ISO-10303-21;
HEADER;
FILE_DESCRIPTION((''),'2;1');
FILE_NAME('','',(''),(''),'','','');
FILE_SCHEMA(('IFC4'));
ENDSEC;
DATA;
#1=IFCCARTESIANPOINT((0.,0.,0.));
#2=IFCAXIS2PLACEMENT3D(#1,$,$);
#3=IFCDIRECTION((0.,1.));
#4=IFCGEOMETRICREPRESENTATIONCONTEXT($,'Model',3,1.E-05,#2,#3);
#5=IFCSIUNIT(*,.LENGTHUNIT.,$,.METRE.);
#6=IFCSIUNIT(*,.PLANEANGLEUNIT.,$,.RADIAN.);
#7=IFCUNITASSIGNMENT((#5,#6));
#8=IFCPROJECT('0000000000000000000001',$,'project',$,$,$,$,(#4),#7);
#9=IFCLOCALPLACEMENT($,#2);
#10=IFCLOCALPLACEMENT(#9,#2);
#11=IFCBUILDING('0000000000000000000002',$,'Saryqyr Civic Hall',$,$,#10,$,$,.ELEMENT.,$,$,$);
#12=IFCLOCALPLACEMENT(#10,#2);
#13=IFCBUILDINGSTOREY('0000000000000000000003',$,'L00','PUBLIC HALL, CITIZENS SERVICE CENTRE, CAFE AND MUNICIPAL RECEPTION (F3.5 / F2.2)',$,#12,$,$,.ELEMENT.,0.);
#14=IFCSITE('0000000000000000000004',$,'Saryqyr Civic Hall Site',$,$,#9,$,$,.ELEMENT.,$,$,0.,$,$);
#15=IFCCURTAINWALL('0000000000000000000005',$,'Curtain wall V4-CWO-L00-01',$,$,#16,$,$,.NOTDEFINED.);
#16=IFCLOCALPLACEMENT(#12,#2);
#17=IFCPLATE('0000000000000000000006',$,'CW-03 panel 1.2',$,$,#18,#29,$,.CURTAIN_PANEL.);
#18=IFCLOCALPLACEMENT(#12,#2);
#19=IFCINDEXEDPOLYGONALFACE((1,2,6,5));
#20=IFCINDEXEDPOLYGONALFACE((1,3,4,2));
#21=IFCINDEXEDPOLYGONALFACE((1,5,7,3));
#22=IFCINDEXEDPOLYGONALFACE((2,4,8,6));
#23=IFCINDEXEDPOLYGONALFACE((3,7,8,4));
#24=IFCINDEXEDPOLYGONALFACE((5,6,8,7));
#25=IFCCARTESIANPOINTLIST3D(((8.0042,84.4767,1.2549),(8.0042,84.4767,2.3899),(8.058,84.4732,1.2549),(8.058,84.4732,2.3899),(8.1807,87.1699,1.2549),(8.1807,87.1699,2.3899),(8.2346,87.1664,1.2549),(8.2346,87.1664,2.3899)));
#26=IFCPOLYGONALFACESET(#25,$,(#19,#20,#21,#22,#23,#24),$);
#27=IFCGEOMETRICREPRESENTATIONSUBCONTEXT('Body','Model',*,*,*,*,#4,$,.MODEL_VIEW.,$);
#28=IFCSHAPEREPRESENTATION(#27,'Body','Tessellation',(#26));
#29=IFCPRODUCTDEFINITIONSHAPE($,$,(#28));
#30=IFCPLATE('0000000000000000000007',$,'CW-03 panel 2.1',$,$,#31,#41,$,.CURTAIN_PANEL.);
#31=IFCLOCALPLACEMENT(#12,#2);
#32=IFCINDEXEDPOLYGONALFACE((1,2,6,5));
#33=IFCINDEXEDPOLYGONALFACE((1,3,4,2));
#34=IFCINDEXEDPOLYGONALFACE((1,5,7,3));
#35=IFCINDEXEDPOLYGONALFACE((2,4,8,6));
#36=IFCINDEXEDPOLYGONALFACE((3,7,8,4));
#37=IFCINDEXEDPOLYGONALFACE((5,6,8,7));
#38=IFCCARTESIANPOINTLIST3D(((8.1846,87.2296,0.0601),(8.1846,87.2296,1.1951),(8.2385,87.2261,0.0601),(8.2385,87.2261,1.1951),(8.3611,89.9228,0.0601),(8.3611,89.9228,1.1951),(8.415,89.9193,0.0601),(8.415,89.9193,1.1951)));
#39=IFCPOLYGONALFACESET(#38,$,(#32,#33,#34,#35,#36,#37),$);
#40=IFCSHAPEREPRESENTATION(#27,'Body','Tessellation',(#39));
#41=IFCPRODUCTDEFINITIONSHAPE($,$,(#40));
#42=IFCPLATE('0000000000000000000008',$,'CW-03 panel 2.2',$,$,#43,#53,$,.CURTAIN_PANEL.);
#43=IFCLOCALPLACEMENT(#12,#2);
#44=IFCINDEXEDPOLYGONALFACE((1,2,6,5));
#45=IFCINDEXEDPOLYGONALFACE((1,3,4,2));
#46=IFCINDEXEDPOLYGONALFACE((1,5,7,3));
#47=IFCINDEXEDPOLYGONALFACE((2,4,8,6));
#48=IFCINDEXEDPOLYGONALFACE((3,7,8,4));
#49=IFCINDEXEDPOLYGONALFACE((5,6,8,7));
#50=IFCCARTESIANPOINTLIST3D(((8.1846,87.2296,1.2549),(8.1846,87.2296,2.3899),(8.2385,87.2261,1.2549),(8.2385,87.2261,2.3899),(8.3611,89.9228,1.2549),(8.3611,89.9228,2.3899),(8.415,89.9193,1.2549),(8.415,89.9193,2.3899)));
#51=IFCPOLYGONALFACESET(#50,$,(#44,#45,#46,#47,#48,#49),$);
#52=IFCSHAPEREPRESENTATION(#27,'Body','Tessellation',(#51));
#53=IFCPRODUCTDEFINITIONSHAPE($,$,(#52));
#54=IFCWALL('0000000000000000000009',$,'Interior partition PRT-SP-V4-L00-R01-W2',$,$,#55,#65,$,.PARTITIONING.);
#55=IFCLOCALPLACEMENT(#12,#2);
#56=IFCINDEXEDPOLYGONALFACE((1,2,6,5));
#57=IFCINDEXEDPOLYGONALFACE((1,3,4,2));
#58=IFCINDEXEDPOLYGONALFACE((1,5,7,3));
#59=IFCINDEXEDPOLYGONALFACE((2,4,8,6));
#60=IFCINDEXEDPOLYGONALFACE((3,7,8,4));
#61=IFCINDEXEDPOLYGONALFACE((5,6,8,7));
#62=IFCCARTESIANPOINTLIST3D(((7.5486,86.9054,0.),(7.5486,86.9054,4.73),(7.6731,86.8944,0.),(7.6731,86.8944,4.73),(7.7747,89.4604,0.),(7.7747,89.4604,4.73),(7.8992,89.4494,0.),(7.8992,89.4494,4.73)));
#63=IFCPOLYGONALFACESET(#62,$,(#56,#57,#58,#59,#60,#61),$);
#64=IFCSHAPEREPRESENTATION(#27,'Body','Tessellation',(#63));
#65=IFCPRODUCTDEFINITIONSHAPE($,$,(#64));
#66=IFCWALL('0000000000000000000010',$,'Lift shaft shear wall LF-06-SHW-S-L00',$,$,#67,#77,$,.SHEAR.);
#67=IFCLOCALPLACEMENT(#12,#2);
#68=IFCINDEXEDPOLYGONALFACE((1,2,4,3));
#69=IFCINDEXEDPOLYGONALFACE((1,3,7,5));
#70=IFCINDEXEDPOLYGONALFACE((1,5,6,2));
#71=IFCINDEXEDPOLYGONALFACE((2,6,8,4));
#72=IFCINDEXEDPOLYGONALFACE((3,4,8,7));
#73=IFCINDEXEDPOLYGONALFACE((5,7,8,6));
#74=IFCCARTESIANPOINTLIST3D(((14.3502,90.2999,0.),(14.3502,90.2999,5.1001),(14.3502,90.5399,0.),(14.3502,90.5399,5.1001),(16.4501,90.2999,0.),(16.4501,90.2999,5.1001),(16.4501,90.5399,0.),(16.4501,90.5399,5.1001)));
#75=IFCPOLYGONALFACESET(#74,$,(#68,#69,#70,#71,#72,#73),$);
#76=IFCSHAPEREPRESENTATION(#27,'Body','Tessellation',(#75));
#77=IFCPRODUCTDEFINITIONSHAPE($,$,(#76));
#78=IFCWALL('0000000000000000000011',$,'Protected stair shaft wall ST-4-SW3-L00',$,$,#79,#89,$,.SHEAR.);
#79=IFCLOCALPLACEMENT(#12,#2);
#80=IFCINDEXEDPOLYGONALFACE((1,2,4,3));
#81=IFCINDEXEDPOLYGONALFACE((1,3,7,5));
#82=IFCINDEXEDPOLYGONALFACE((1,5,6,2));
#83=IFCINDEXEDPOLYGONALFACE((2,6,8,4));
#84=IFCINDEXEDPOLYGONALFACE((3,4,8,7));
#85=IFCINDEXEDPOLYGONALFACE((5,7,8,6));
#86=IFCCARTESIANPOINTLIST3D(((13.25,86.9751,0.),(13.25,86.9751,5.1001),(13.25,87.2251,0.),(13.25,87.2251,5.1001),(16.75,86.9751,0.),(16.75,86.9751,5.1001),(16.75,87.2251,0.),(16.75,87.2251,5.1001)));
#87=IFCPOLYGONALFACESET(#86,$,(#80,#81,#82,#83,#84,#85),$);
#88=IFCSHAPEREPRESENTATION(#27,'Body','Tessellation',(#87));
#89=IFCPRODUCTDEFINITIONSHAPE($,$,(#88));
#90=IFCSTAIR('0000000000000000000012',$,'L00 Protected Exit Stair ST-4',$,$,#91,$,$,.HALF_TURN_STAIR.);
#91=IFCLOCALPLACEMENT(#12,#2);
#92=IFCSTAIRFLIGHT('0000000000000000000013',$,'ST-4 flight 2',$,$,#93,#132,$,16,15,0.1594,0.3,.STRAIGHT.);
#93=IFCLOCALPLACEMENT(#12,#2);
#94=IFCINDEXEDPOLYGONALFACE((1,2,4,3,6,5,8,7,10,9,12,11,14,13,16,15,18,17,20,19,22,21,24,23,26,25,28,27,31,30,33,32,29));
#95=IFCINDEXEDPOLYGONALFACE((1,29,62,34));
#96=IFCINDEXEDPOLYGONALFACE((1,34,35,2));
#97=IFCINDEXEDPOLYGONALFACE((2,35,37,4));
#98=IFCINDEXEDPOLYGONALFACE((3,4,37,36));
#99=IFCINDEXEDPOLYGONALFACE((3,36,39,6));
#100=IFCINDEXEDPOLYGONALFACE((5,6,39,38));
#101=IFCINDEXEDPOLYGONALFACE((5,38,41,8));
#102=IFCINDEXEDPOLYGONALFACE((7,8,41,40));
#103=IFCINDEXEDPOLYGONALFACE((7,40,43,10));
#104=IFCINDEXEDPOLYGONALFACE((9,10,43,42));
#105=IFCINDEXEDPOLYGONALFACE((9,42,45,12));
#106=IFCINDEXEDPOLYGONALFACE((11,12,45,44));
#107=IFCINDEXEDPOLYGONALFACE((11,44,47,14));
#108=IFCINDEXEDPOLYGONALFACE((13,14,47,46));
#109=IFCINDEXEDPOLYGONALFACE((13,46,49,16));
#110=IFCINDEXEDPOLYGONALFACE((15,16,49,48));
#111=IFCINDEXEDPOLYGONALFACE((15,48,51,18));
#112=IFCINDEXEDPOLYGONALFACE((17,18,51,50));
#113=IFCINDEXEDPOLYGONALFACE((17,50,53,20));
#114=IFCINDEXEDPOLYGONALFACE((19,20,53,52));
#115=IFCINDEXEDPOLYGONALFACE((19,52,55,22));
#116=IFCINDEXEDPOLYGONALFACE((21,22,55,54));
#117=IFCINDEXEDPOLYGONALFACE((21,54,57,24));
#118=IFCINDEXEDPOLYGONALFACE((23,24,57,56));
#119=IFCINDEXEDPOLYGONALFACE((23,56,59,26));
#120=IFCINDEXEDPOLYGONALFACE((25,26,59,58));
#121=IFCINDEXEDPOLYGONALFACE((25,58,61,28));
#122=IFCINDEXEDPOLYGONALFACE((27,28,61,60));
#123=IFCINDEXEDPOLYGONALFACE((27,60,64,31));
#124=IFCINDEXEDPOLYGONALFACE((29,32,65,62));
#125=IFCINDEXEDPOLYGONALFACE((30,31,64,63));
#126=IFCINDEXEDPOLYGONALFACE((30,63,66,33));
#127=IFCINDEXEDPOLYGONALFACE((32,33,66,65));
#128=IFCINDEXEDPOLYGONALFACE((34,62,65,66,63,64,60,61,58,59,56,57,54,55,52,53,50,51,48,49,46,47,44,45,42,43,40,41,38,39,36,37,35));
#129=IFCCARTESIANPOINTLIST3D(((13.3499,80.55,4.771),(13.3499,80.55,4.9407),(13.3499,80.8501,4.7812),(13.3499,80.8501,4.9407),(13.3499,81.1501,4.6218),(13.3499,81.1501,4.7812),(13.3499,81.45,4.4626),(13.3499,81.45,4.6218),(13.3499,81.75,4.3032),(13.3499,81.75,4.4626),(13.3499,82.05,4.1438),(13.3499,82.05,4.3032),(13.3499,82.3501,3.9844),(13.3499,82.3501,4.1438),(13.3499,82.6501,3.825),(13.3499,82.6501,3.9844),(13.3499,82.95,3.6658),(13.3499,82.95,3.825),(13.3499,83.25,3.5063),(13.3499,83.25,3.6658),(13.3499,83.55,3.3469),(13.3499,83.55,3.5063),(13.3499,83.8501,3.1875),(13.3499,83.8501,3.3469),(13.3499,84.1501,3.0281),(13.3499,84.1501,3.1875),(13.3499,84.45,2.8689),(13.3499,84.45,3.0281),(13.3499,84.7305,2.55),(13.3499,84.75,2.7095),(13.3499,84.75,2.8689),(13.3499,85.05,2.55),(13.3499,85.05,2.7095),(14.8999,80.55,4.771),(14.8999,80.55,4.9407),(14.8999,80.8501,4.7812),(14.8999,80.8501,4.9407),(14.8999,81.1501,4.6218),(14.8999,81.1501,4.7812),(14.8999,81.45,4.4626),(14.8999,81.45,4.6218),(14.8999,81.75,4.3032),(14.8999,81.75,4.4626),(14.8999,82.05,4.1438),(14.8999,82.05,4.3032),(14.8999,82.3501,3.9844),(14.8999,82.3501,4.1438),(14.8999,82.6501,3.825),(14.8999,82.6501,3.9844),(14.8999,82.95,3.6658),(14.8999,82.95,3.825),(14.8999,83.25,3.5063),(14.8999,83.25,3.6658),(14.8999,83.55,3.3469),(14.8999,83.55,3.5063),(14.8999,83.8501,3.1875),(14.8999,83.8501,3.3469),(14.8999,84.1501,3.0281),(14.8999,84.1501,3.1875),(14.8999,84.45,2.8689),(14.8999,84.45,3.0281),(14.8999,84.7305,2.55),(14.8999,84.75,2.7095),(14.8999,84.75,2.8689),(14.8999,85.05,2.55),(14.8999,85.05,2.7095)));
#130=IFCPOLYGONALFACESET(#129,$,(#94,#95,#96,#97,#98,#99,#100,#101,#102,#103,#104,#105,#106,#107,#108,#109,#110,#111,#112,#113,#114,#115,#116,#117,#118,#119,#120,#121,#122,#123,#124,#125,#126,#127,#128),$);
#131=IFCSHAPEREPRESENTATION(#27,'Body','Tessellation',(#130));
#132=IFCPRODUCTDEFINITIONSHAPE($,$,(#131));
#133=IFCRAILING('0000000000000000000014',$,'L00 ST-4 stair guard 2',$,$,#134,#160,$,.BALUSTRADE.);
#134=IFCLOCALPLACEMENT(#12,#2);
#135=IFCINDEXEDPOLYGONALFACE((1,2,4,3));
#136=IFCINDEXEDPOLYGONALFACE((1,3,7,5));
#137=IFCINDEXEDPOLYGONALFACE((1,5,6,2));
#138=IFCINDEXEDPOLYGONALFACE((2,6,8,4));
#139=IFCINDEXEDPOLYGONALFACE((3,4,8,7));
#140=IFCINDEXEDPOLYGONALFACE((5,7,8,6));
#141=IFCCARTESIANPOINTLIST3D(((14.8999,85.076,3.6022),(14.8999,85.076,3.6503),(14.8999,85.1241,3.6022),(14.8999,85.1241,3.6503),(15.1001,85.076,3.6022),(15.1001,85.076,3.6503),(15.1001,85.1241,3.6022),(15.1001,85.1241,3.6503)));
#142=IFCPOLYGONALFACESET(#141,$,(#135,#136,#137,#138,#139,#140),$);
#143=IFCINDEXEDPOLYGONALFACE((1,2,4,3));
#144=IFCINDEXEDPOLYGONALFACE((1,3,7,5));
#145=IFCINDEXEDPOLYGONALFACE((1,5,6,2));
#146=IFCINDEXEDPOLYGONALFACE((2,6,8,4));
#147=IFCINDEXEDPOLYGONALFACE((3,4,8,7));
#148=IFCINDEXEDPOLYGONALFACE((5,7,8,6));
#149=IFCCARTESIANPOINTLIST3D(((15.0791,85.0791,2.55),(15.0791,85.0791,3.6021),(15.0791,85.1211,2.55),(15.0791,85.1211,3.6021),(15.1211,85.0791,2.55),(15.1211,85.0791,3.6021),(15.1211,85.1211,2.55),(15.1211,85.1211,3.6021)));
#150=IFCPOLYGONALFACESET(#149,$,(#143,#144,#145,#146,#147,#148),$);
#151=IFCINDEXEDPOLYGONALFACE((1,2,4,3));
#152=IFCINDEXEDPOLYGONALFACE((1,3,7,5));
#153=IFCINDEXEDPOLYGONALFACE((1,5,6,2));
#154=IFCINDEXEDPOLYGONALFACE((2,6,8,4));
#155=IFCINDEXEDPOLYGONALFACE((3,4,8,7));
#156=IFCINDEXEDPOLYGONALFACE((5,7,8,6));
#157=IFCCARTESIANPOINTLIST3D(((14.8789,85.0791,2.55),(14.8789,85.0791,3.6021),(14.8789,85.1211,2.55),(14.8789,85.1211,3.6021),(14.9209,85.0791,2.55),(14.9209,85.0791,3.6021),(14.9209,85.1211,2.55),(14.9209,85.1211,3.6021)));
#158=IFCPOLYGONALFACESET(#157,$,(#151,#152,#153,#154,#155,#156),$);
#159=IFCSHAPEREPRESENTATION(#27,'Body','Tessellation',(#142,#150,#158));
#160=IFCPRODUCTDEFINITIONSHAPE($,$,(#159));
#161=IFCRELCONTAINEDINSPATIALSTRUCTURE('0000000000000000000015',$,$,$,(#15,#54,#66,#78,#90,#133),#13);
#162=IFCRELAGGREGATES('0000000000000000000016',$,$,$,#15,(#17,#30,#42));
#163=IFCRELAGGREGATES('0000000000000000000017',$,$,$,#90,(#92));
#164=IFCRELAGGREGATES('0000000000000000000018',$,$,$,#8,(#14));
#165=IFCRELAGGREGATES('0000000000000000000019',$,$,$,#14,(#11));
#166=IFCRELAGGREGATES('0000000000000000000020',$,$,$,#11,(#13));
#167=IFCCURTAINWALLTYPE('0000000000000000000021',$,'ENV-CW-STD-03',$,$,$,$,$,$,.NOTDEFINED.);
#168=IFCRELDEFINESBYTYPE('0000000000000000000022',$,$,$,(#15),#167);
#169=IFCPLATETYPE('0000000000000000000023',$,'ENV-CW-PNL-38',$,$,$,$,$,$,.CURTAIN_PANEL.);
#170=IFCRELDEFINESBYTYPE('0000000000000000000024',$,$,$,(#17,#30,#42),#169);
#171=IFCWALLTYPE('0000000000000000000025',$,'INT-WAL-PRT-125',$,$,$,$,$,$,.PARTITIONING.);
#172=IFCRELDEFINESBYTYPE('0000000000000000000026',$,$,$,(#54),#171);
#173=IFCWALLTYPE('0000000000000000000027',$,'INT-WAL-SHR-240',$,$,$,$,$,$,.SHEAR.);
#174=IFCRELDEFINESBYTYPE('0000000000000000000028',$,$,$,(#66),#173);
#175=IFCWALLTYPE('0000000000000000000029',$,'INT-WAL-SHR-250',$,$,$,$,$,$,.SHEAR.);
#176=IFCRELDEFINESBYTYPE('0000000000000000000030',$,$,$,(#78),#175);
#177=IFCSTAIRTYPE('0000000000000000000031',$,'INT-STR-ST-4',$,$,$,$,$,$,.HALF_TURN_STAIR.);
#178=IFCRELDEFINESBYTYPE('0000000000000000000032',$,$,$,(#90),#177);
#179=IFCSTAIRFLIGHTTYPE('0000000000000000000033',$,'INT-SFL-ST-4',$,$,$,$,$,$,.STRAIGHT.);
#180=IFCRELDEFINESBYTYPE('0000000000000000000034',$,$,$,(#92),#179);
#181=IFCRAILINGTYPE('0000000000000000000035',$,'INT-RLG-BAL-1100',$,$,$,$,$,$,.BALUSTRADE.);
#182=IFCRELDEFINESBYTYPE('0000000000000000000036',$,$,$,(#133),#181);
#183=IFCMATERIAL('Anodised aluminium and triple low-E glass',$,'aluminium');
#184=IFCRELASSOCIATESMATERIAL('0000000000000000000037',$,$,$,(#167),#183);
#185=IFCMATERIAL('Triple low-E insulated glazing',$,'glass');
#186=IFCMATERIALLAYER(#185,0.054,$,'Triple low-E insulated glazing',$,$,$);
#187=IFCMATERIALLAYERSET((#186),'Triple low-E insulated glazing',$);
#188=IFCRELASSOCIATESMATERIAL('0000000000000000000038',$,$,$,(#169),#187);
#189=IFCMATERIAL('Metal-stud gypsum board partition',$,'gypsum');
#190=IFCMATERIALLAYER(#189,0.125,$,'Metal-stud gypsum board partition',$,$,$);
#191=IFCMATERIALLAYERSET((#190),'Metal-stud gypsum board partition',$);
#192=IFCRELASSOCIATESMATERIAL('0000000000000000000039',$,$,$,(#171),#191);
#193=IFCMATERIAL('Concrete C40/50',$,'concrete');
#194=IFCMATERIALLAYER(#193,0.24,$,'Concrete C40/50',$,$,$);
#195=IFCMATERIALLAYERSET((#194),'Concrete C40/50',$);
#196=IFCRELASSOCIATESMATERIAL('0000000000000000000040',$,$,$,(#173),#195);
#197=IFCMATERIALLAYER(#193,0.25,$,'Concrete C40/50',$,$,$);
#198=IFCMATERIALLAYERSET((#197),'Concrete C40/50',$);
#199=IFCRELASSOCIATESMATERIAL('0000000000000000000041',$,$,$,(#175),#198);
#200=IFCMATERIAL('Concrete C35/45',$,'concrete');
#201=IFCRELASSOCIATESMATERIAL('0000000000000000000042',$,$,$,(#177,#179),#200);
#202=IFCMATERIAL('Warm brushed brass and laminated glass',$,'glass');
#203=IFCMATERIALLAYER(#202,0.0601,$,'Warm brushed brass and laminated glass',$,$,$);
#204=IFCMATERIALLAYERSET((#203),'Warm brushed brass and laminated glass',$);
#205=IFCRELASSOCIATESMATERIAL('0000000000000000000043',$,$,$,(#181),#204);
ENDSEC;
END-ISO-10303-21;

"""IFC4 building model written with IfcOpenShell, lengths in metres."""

from ifc_helpers import new_model, si_unit, direction, frame, frame_2d, origin, origin_2d, place, context, subcontext, project, spatial, polyline, rectangle, outline, extrude, material, layer, layer_set, type_object, element, aggregate, save


model = new_model("IFC4")

# Units and contexts
model_context = context("Model", 3, precision=1e-05, world=origin(), true_north=direction((0.0, 1.0)))
body_context = subcontext(model_context, "Body", "Model", "MODEL_VIEW")
ifc_project = project(units=[si_unit("LENGTHUNIT", "METRE"), si_unit("PLANEANGLEUNIT", "RADIAN")], contexts=[model_context])

# Site, building, storey
site_placement = place(None, origin())
site = spatial("IfcSite", under=ifc_project, at=site_placement, Name="Saryqyr Civic Hall Site", CompositionType="ELEMENT", RefElevation=0.0)
building_placement = place(site_placement, origin())
building = spatial("IfcBuilding", under=site, at=building_placement, Name="Saryqyr Civic Hall", CompositionType="ELEMENT")
storey_placement = place(building_placement, origin())
storey = spatial("IfcBuildingStorey", under=building, at=storey_placement, Name="L00", Description="PUBLIC HALL, CITIZENS SERVICE CENTRE, CAFE AND MUNICIPAL RECEPTION (F3.5 / F2.2)", CompositionType="ELEMENT", Elevation=0.0)

# Shared definitions
ifc_material_1 = material(Name="Concrete C40/50", Category="concrete")

# Curtain wall
ifc_material_2 = material(Name="Anodised aluminium and triple low-E glass", Category="aluminium")
curtain_wall_type = type_object("IfcCurtainWallType", Name="ENV-CW-STD-03", PredefinedType="NOTDEFINED", material=ifc_material_2)
curtain_wall_placement = place(storey_placement, origin())
curtain_wall = element("IfcCurtainWall", 1, at=curtain_wall_placement, inside=storey, type_object=curtain_wall_type, Name="Curtain wall V4-CWO-L00-01", PredefinedType="NOTDEFINED")

# Shared definitions
ifc_material_3 = material(Name="Concrete C35/45", Category="concrete")

# Plates
ifc_material_4 = material(Name="Triple low-E insulated glazing", Category="glass")
ifc_layer_1 = layer(ifc_material_4, 0.054, Name="Triple low-E insulated glazing")
ifc_layer_set_1 = layer_set([ifc_layer_1], Name="Triple low-E insulated glazing")
plate_type = type_object("IfcPlateType", Name="ENV-CW-PNL-38", PredefinedType="CURTAIN_PANEL", material=ifc_layer_set_1)
plate_1_placement = place(storey_placement, frame((8.1194, 85.8215, 1.2549), z_axis=(0.0, 0.0, 1.0), x_axis=(0.065403, 0.997859, 0.0)))
plate_1 = element("IfcPlate", 2, at=plate_1_placement, type_object=plate_type, Name="CW-03 panel 1.2", PredefinedType="CURTAIN_PANEL", context=body_context, shape_type="SweptSolid", body=[
    extrude(rectangle(XDim=2.699, YDim=0.054, at=origin_2d()), origin(), (0.0, 0.0, 1.0), 1.135),
])
plate_2_placement = place(storey_placement, frame((8.2998, 88.5745, 0.0601), z_axis=(0.0, 0.0, 1.0), x_axis=(0.065403, 0.997859, 0.0)))
plate_2 = element("IfcPlate", 3, at=plate_2_placement, type_object=plate_type, Name="CW-03 panel 2.1", PredefinedType="CURTAIN_PANEL", context=body_context, shape_type="SweptSolid", body=[
    extrude(rectangle(XDim=2.699, YDim=0.054, at=origin_2d()), origin(), (0.0, 0.0, 1.0), 1.135),
])
plate_3_placement = place(storey_placement, frame((8.2998, 88.5745, 1.2549), z_axis=(0.0, 0.0, 1.0), x_axis=(0.065403, 0.997859, 0.0)))
plate_3 = element("IfcPlate", 4, at=plate_3_placement, type_object=plate_type, Name="CW-03 panel 2.2", PredefinedType="CURTAIN_PANEL", context=body_context, shape_type="SweptSolid", body=[
    extrude(rectangle(XDim=2.699, YDim=0.054, at=origin_2d()), origin(), (0.0, 0.0, 1.0), 1.135),
])
aggregate(curtain_wall, [plate_1, plate_2, plate_3])

# Walls
ifc_material_5 = material(Name="Metal-stud gypsum board partition", Category="gypsum")
ifc_layer_2 = layer(ifc_material_5, 0.125, Name="Metal-stud gypsum board partition")
ifc_layer_set_2 = layer_set([ifc_layer_2], Name="Metal-stud gypsum board partition")
wall_type_1 = type_object("IfcWallType", Name="INT-WAL-PRT-125", PredefinedType="PARTITIONING", material=ifc_layer_set_2)
wall_1_placement = place(storey_placement, frame((7.6108, 86.8999, 0.0), z_axis=(0.0, 0.0, 1.0), x_axis=(0.088141, 0.996108, 0.0)))
element("IfcWall", 5, at=wall_1_placement, inside=storey, type_object=wall_type_1, Name="Interior partition PRT-SP-V4-L00-R01-W2", PredefinedType="PARTITIONING", context=body_context, shape_type="SweptSolid", body=[
    extrude(rectangle(XDim=2.5649, YDim=0.125, at=frame_2d((1.2825, 0.0))), origin(), (0.0, 0.0, 1.0), 4.73),
])
ifc_layer_3 = layer(ifc_material_1, 0.24, Name="Concrete C40/50")
ifc_layer_set_3 = layer_set([ifc_layer_3], Name="Concrete C40/50")
wall_type_2 = type_object("IfcWallType", Name="INT-WAL-SHR-240", PredefinedType="SHEAR", material=ifc_layer_set_3)
wall_2_placement = place(storey_placement, frame((16.45, 90.4199, 0.0), z_axis=(0.0, 0.0, 1.0), x_axis=(-1.0, 0.0, 0.0)))
element("IfcWall", 6, at=wall_2_placement, inside=storey, type_object=wall_type_2, Name="Lift shaft shear wall LF-06-SHW-S-L00", PredefinedType="SHEAR", context=body_context, shape_type="SweptSolid", body=[
    extrude(rectangle(XDim=2.0999, YDim=0.24, at=frame_2d((1.0498, 0.0))), origin(), (0.0, 0.0, 1.0), 5.1001),
])
ifc_layer_4 = layer(ifc_material_1, 0.25, Name="Concrete C40/50")
ifc_layer_set_4 = layer_set([ifc_layer_4], Name="Concrete C40/50")
wall_type_3 = type_object("IfcWallType", Name="INT-WAL-SHR-250", PredefinedType="SHEAR", material=ifc_layer_set_4)
wall_3_placement = place(storey_placement, frame((13.25, 87.1001, 0.0), z_axis=(0.0, 0.0, 1.0), x_axis=(1.0, 0.0, 0.0)))
element("IfcWall", 7, at=wall_3_placement, inside=storey, type_object=wall_type_3, Name="Protected stair shaft wall ST-4-SW3-L00", PredefinedType="SHEAR", context=body_context, shape_type="SweptSolid", body=[
    extrude(rectangle(XDim=3.5, YDim=0.25, at=frame_2d((1.75, 0.0))), origin(), (0.0, 0.0, 1.0), 5.1001),
])

# Stair, stair flight
stair_type = type_object("IfcStairType", Name="INT-STR-ST-4", PredefinedType="HALF_TURN_STAIR", material=ifc_material_3)
stair_placement = place(storey_placement, origin())
stair = element("IfcStair", 8, at=stair_placement, inside=storey, type_object=stair_type, Name="L00 Protected Exit Stair ST-4", PredefinedType="HALF_TURN_STAIR")
stair_flight_type = type_object("IfcStairFlightType", Name="INT-SFL-ST-4", PredefinedType="STRAIGHT", material=ifc_material_3)
stair_flight_placement = place(storey_placement, frame((14.125, 85.05, 2.55), z_axis=(0.0, 0.0, 1.0), x_axis=(0.0, -1.0, 0.0)))
stair_flight = element("IfcStairFlight", 9, at=stair_flight_placement, type_object=stair_flight_type, Name="ST-4 flight 2", NumberOfRisers=16, NumberOfTreads=15, PredefinedType="STRAIGHT", RiserHeight=0.1594, TreadLength=0.3, context=body_context, shape_type="SweptSolid", body=[
    extrude(outline(polyline([(0.0, 0.0), (0.0, 0.1594), (0.3, 0.1594), (0.3, 0.3188), (0.6001, 0.3188), (0.6001, 0.478), (0.8999, 0.478), (0.8999, 0.6375), (1.2, 0.6375), (1.2, 0.7969), (1.5, 0.7969), (1.5, 0.9563), (1.8, 0.9563), (1.8, 1.1157), (2.1001, 1.1157), (2.1001, 1.2749), (2.3999, 1.2749), (2.3999, 1.4343), (2.7, 1.4343), (2.7, 1.5938), (3.0, 1.5938), (3.0, 1.7532), (3.3, 1.7532), (3.3, 1.9126), (3.6001, 1.9126), (3.6001, 2.0718), (3.8999, 2.0718), (3.8999, 2.2312), (4.2, 2.2312), (4.2, 2.3906), (4.5, 2.3906), (4.5, 2.55), (4.5, 2.2209), (0.3196, 0.0), (0.0, 0.0)])), frame((0.0, 0.7749, 0.0), z_axis=(0.0, -1.0, 0.0), x_axis=(1.0, 0.0, 0.0)), (0.0, 0.0, 1.0), 1.55),
])
aggregate(stair, [stair_flight])

# Railing
ifc_material_6 = material(Name="Warm brushed brass and laminated glass", Category="glass")
ifc_layer_5 = layer(ifc_material_6, 0.0601, Name="Warm brushed brass and laminated glass")
ifc_layer_set_5 = layer_set([ifc_layer_5], Name="Warm brushed brass and laminated glass")
railing_type = type_object("IfcRailingType", Name="INT-RLG-BAL-1100", PredefinedType="BALUSTRADE", material=ifc_layer_set_5)
railing_1_placement = place(storey_placement, frame((15.1001, 85.1001, 2.55)))
element("IfcRailing", 10, at=railing_1_placement, inside=storey, type_object=railing_type, Name="L00 ST-4 stair guard 2", PredefinedType="BALUSTRADE", context=body_context, shape_type="SweptSolid", body=[
    extrude(rectangle(XDim=0.0481, YDim=0.0481, at=origin_2d()), frame((0.0, 0.0, 1.0762), z_axis=(-1.0, 0.0, 0.0), x_axis=(0.0, -1.0, 0.0)), (0.0, 0.0, 1.0), 0.2002),
    extrude(rectangle(XDim=0.042, YDim=0.042, at=origin_2d()), origin(), (0.0, 0.0, 1.0), 1.052),
    extrude(rectangle(XDim=0.042, YDim=0.042, at=origin_2d()), frame((-0.2002, 0.0, 0.0)), (0.0, 0.0, 1.0), 1.052),
])

save(model, "model.ifc")
